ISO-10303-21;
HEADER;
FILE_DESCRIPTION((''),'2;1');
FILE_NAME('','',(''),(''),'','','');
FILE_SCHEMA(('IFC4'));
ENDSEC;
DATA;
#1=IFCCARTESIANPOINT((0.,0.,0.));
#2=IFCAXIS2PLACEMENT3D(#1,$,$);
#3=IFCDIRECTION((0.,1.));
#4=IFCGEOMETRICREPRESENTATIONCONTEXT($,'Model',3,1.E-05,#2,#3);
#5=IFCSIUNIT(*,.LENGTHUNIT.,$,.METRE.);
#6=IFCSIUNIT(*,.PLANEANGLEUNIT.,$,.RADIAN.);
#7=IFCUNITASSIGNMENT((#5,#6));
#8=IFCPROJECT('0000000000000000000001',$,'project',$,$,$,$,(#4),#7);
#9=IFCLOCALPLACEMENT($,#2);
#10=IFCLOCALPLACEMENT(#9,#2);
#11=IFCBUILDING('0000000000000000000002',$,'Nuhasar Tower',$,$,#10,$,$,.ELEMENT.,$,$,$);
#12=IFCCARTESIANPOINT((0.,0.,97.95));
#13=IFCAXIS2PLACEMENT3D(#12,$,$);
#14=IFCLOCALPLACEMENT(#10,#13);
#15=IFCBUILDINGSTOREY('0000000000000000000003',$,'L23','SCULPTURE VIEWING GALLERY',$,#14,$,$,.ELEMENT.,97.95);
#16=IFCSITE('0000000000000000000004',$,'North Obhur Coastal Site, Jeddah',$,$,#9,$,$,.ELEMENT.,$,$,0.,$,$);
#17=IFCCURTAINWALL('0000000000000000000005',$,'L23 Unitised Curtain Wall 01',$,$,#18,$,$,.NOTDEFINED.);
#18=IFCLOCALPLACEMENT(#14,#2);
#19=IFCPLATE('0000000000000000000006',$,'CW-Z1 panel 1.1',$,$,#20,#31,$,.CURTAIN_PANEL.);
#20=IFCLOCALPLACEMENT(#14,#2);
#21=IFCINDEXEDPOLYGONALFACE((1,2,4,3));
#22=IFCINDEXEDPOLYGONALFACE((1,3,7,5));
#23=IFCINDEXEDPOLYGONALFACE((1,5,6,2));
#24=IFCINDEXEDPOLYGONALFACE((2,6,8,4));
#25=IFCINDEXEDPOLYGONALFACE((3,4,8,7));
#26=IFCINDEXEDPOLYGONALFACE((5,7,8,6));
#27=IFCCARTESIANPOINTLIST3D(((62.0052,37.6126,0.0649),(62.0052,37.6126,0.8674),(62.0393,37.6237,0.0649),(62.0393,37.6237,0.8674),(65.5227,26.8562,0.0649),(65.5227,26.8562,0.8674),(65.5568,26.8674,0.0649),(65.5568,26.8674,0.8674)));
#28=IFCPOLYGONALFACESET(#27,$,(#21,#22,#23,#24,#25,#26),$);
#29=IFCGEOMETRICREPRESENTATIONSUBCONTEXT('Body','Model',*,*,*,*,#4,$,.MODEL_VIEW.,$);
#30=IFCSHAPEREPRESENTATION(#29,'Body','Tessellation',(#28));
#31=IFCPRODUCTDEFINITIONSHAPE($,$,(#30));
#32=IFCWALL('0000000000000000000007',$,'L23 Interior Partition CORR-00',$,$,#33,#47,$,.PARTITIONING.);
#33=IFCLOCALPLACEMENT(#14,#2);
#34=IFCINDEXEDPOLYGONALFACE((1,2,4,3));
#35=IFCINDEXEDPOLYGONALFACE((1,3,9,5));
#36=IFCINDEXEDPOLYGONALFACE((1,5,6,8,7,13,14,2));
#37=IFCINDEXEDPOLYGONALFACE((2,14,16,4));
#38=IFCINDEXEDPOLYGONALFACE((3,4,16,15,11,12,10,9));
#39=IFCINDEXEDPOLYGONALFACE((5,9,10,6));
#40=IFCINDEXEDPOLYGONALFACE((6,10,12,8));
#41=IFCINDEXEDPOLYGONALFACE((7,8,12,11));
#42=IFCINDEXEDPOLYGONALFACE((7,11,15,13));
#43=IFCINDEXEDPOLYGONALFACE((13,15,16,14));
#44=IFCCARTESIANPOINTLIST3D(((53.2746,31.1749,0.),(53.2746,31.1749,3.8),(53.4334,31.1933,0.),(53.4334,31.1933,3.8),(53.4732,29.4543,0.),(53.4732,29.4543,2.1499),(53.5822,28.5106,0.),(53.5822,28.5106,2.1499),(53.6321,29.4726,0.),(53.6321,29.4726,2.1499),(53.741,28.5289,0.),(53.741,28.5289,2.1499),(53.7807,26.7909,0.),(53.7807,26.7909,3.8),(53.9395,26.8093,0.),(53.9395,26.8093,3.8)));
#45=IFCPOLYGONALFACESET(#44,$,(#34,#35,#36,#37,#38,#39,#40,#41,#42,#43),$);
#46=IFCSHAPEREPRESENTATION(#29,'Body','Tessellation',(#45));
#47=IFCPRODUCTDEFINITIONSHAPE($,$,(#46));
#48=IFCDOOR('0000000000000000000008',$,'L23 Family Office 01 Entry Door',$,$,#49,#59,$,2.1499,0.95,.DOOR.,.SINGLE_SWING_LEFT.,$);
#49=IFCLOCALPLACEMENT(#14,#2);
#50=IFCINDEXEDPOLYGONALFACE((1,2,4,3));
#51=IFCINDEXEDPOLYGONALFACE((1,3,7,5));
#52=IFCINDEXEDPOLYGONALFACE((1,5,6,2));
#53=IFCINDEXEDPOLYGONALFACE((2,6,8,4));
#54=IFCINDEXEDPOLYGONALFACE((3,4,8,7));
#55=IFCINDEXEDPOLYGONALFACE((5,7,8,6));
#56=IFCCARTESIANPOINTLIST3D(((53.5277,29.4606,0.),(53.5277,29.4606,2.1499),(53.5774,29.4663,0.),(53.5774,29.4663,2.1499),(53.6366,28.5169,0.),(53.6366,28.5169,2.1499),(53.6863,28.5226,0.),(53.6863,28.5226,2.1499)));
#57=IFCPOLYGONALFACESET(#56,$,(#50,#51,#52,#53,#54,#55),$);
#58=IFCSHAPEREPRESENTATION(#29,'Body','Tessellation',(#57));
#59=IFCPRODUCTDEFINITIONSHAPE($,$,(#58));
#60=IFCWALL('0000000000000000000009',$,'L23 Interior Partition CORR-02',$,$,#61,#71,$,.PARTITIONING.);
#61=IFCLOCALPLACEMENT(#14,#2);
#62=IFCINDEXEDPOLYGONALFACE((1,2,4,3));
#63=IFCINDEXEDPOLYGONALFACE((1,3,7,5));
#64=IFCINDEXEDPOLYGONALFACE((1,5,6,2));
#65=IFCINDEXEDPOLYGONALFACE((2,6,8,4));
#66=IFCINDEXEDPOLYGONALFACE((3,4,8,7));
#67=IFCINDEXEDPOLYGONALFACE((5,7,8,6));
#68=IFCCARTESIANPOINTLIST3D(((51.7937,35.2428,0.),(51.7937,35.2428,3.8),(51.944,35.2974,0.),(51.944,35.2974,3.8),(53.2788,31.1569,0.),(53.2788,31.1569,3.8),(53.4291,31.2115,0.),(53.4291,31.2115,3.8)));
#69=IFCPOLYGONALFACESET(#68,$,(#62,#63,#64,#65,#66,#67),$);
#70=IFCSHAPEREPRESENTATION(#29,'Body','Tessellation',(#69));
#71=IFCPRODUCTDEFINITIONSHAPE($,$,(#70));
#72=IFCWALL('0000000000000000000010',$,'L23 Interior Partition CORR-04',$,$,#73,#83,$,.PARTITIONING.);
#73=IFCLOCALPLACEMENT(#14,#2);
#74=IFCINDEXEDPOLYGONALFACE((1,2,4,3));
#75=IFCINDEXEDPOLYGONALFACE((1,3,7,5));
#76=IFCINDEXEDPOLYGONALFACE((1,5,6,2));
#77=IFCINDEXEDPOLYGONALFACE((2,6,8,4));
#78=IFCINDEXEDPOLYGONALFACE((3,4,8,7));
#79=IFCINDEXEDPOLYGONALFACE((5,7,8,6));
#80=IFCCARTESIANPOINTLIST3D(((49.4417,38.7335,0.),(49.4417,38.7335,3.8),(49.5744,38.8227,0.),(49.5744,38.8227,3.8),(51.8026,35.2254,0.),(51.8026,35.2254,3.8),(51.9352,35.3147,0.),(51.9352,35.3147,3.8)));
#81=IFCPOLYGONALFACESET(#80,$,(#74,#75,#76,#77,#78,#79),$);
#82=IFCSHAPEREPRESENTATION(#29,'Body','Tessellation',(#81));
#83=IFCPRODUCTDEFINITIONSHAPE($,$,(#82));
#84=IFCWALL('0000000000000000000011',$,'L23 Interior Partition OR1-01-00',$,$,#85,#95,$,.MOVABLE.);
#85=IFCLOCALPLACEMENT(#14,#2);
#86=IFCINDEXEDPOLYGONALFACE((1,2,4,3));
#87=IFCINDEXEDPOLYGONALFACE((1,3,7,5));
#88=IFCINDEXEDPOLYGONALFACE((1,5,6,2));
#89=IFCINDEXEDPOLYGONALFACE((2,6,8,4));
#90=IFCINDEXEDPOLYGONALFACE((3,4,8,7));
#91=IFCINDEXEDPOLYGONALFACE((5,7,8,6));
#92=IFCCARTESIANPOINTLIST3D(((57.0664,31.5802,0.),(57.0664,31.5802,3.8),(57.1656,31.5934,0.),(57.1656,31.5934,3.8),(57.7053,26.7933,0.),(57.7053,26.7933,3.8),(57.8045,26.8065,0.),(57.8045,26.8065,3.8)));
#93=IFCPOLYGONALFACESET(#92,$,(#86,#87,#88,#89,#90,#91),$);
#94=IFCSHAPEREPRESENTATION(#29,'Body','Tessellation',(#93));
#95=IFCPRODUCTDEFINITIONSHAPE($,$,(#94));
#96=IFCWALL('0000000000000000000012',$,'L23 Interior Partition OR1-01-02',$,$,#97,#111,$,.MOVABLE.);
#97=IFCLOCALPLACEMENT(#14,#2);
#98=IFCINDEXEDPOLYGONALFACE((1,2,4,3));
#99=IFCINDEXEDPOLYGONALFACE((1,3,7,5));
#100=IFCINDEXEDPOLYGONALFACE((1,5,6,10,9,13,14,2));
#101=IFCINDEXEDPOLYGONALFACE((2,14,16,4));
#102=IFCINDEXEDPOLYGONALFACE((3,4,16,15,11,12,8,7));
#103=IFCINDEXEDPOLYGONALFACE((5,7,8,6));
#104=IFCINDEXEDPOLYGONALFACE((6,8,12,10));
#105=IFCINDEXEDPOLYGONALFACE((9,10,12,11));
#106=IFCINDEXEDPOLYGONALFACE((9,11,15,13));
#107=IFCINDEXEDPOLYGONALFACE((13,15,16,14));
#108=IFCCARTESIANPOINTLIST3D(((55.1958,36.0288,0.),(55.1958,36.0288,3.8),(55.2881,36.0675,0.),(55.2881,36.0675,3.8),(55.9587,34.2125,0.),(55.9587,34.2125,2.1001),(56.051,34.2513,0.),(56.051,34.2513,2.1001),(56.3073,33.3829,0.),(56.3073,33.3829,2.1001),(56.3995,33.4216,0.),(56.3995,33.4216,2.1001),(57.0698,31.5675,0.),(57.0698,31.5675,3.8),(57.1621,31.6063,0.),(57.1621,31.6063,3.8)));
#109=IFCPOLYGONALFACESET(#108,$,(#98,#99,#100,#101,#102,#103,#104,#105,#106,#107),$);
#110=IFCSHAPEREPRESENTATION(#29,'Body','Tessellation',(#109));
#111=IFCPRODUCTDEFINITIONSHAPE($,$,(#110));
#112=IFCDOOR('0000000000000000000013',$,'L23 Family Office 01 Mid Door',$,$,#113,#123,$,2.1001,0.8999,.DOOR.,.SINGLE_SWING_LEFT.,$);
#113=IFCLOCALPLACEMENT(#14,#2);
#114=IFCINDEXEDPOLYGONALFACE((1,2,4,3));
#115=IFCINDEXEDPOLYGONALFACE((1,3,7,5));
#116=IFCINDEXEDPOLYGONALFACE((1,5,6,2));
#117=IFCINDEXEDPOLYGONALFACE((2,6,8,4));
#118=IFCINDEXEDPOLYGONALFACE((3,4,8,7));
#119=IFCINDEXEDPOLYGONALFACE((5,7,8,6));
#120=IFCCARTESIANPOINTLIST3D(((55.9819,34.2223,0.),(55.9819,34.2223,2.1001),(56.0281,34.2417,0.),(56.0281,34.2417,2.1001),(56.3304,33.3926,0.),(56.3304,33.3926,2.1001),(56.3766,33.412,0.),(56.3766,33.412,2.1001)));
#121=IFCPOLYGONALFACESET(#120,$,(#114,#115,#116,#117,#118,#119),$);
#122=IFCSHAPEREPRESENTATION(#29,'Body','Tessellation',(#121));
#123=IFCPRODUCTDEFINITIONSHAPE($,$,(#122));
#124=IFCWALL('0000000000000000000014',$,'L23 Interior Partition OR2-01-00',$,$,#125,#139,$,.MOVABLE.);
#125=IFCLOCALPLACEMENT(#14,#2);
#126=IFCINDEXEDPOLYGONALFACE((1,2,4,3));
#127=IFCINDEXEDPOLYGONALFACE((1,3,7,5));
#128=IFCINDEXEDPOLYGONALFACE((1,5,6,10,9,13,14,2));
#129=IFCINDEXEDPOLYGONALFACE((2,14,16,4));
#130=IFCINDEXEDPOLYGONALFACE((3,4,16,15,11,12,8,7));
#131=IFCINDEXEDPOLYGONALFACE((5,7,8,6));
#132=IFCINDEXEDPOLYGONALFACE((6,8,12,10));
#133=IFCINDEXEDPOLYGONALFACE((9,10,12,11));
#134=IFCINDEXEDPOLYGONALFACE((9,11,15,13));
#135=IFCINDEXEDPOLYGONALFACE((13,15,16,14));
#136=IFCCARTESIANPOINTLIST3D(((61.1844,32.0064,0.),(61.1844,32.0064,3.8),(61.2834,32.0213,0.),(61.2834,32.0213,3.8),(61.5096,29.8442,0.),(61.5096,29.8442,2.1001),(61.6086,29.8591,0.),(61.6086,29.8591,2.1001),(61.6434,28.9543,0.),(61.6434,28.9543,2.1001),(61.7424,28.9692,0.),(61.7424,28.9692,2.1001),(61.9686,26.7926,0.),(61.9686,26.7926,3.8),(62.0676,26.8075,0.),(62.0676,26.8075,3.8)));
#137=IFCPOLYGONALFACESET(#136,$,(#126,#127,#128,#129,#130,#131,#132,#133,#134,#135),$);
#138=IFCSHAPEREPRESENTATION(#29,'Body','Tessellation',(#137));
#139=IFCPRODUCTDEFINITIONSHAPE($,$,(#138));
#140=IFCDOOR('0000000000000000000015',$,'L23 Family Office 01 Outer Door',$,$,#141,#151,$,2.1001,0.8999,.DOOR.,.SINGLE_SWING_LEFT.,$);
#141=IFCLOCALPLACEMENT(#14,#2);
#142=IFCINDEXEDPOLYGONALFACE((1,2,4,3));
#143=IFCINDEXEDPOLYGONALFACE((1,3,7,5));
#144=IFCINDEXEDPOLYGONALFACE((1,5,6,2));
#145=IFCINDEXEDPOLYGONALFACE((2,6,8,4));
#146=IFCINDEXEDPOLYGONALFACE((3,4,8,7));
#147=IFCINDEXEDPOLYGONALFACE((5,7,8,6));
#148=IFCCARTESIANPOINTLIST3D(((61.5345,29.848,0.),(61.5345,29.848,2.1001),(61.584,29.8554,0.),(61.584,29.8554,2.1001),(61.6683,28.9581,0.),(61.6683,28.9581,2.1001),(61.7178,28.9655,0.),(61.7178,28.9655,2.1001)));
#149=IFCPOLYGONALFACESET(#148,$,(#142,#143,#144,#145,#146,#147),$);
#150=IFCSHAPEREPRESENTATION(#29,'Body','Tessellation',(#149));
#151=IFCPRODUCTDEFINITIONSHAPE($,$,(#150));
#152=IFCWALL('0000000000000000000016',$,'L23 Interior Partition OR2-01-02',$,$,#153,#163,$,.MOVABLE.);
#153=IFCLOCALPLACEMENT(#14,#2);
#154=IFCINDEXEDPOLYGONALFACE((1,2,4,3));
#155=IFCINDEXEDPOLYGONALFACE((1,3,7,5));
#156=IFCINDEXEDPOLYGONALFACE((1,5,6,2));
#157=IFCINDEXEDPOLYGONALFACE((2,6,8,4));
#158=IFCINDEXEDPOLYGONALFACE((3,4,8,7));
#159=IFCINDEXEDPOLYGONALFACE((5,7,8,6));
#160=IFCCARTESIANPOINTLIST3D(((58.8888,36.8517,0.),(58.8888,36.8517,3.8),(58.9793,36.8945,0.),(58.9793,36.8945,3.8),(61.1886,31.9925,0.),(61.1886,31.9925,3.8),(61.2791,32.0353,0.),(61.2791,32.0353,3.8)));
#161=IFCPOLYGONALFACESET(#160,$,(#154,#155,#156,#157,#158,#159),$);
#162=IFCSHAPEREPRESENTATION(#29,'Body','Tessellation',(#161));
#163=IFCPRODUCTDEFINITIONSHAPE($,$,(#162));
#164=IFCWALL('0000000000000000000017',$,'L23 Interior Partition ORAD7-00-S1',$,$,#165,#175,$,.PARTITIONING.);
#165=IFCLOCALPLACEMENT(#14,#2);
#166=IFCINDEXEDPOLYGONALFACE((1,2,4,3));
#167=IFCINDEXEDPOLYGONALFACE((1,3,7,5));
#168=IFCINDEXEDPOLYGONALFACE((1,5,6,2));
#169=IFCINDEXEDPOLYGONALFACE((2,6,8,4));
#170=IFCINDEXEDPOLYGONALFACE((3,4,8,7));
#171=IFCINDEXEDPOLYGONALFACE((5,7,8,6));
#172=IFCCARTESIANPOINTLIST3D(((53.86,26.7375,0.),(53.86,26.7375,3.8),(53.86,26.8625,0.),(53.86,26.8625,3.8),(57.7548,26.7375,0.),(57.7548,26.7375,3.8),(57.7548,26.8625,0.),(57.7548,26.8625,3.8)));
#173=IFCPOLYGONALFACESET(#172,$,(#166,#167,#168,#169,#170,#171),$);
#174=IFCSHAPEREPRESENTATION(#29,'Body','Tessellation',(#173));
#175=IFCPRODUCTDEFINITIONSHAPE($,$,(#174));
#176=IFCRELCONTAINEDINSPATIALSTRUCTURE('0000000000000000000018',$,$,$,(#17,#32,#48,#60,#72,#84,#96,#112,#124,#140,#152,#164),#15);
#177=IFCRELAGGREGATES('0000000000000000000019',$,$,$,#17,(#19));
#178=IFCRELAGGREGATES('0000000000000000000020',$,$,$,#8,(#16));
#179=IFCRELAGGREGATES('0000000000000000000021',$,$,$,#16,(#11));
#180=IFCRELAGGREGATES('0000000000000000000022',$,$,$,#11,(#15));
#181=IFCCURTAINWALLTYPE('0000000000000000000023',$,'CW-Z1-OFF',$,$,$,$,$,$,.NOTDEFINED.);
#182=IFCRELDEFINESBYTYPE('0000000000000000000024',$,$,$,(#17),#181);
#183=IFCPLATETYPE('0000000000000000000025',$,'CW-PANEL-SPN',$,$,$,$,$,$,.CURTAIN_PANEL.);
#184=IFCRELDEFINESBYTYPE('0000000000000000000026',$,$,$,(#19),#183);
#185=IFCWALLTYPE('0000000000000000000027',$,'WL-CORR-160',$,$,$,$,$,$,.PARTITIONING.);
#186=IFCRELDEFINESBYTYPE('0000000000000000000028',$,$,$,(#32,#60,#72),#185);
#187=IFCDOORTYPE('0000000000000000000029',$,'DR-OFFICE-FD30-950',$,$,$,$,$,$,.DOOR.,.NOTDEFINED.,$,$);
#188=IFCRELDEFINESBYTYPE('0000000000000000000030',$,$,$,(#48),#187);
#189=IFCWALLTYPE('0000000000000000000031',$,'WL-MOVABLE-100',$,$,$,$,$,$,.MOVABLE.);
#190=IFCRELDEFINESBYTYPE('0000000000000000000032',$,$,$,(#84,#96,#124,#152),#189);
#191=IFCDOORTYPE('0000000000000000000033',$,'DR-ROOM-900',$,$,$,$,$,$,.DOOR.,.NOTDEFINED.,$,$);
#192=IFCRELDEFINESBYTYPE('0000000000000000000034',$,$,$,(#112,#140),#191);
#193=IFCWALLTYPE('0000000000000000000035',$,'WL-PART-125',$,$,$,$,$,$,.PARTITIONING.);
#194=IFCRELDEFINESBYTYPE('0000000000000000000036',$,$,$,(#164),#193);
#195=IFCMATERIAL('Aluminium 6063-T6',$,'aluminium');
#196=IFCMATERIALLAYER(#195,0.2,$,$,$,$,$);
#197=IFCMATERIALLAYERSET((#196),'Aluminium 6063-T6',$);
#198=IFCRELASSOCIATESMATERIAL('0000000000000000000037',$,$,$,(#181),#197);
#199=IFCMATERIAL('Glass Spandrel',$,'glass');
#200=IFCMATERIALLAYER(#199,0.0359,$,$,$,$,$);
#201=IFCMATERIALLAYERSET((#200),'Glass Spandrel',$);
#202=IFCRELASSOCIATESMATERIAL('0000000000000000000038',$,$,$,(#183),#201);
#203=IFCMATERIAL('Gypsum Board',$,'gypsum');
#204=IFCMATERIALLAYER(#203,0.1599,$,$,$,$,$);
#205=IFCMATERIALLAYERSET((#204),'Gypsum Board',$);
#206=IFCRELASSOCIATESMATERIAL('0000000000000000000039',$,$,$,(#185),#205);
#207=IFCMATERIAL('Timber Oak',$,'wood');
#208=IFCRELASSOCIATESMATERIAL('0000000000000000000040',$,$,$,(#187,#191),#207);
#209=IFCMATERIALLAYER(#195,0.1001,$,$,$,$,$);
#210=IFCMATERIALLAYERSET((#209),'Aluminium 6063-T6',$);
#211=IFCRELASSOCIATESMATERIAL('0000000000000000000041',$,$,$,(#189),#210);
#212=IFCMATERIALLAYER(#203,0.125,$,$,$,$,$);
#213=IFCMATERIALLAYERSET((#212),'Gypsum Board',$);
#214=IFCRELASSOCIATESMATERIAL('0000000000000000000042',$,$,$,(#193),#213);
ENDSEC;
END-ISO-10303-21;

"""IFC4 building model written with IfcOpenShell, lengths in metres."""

from ifc_helpers import new_model, si_unit, direction, frame, frame_2d, origin, origin_2d, place, context, subcontext, project, spatial, rectangle, extrude, material, layer, layer_set, type_object, element, fill, aggregate, save


model = new_model("IFC4")

# Units and contexts
model_context = context("Model", 3, precision=1e-05, world=origin(), true_north=direction((0.0, 1.0)))
body_context = subcontext(model_context, "Body", "Model", "MODEL_VIEW")
ifc_project = project(units=[si_unit("LENGTHUNIT", "METRE"), si_unit("PLANEANGLEUNIT", "RADIAN")], contexts=[model_context])

# Site, building, storey
site_placement = place(None, origin())
site = spatial("IfcSite", under=ifc_project, at=site_placement, Name="North Obhur Coastal Site, Jeddah", CompositionType="ELEMENT", RefElevation=0.0)
building_placement = place(site_placement, origin())
building = spatial("IfcBuilding", under=site, at=building_placement, Name="Nuhasar Tower", CompositionType="ELEMENT")
storey_placement = place(building_placement, frame((0.0, 0.0, 97.95)))
storey = spatial("IfcBuildingStorey", under=building, at=storey_placement, Name="L23", Description="SCULPTURE VIEWING GALLERY", CompositionType="ELEMENT", Elevation=97.95)

# Curtain wall
ifc_material_1 = material(Name="Aluminium 6063-T6", Category="aluminium")
ifc_layer_1 = layer(ifc_material_1, 0.2)
ifc_layer_set_1 = layer_set([ifc_layer_1], Name="Aluminium 6063-T6")
curtain_wall_type = type_object("IfcCurtainWallType", Name="CW-Z1-OFF", PredefinedType="NOTDEFINED", material=ifc_layer_set_1)
curtain_wall_placement = place(storey_placement, origin())
curtain_wall = element("IfcCurtainWall", 1, at=curtain_wall_placement, inside=storey, type_object=curtain_wall_type, Name="L23 Unitised Curtain Wall 01", PredefinedType="NOTDEFINED")

# Plate
ifc_material_2 = material(Name="Glass Spandrel", Category="glass")
ifc_layer_2 = layer(ifc_material_2, 0.0359)
ifc_layer_set_2 = layer_set([ifc_layer_2], Name="Glass Spandrel")
plate_type_1 = type_object("IfcPlateType", Name="CW-PANEL-SPN", PredefinedType="CURTAIN_PANEL", material=ifc_layer_set_2)
plate_1_placement = place(storey_placement, frame((63.781, 32.24, 0.0649), z_axis=(0.0, 0.0, 1.0), x_axis=(-0.310824, 0.950468, 0.0)))
plate_1 = element("IfcPlate", 2, at=plate_1_placement, type_object=plate_type_1, Name="CW-Z1 panel 1.1", PredefinedType="CURTAIN_PANEL", context=body_context, shape_type="SweptSolid", body=[
    extrude(rectangle(XDim=11.3169, YDim=0.0359, at=origin_2d()), origin(), (0.0, 0.0, 1.0), 0.8025),
])
aggregate(curtain_wall, [plate_1])

# Wall, opening, door
ifc_material_3 = material(Name="Gypsum Board", Category="gypsum")
ifc_layer_3 = layer(ifc_material_3, 0.1599)
ifc_layer_set_3 = layer_set([ifc_layer_3], Name="Gypsum Board")
wall_type_1 = type_object("IfcWallType", Name="WL-CORR-160", PredefinedType="PARTITIONING", material=ifc_layer_set_3)
wall_1_placement = place(storey_placement, frame((53.354, 31.1841, 0.0), z_axis=(0.0, 0.0, 1.0), x_axis=(0.114681, -0.993402, 0.0)))
wall_1 = element("IfcWall", 3, at=wall_1_placement, inside=storey, type_object=wall_type_1, Name="L23 Interior Partition CORR-00", PredefinedType="PARTITIONING", context=body_context, shape_type="SweptSolid", body=[
    extrude(rectangle(XDim=4.4131, YDim=0.1599, at=frame_2d((2.2065, 0.0))), origin(), (0.0, 0.0, 1.0), 3.8),
])
opening_1_placement = place(wall_1_placement, frame((1.7319, 0.0, 0.0)))
opening_1 = element("IfcOpeningElement", 4, at=opening_1_placement, cuts=wall_1, PredefinedType="OPENING", context=body_context, shape_type="SweptSolid", body=[
    extrude(rectangle(XDim=0.95, YDim=2.1499, at=frame_2d((0.4751, 1.075))), frame((0.0, 0.0898, 0.0), z_axis=(0.0, -1.0, 0.0), x_axis=(1.0, 0.0, 0.0)), (0.0, 0.0, 1.0), 0.1799),
])
ifc_material_4 = material(Name="Timber Oak", Category="wood")
door_type_1 = type_object("IfcDoorType", Name="DR-OFFICE-FD30-950", OperationType="NOTDEFINED", PredefinedType="DOOR", material=ifc_material_4)
door_1_placement = place(opening_1_placement, origin())
door_1 = element("IfcDoor", 5, at=door_1_placement, inside=storey, type_object=door_type_1, Name="L23 Family Office 01 Entry Door", OperationType="SINGLE_SWING_LEFT", OverallHeight=2.1499, OverallWidth=0.95, PredefinedType="DOOR", context=body_context, shape_type="SweptSolid", body=[
    extrude(rectangle(XDim=0.95, YDim=2.1499, at=frame_2d((0.4751, 1.075))), frame((0.0, 0.0249, 0.0), z_axis=(0.0, -1.0, 0.0), x_axis=(1.0, 0.0, 0.0)), (0.0, 0.0, 1.0), 0.05),
])
fill(opening_1, door_1)

# Walls
wall_2_placement = place(storey_placement, frame((53.354, 31.1841, 0.0), z_axis=(0.0, 0.0, 1.0), x_axis=(-0.341603, 0.939844, 0.0)))
element("IfcWall", 6, at=wall_2_placement, inside=storey, type_object=wall_type_1, Name="L23 Interior Partition CORR-02", PredefinedType="PARTITIONING", context=body_context, shape_type="SweptSolid", body=[
    extrude(rectangle(XDim=4.3474, YDim=0.1599, at=frame_2d((2.1738, 0.0))), origin(), (0.0, 0.0, 1.0), 3.8),
])
wall_3_placement = place(storey_placement, frame((51.8689, 35.27, 0.0), z_axis=(0.0, 0.0, 1.0), x_axis=(-0.558319, 0.829626, 0.0)))
element("IfcWall", 7, at=wall_3_placement, inside=storey, type_object=wall_type_1, Name="L23 Interior Partition CORR-04", PredefinedType="PARTITIONING", context=body_context, shape_type="SweptSolid", body=[
    extrude(rectangle(XDim=4.2285, YDim=0.1599, at=frame_2d((2.1143, 0.0))), origin(), (0.0, 0.0, 1.0), 3.8),
])
ifc_layer_4 = layer(ifc_material_1, 0.1001)
ifc_layer_set_4 = layer_set([ifc_layer_4], Name="Aluminium 6063-T6")
wall_type_2 = type_object("IfcWallType", Name="WL-MOVABLE-100", PredefinedType="MOVABLE", material=ifc_layer_set_4)
wall_4_placement = place(storey_placement, frame((57.7549, 26.8, 0.0), z_axis=(0.0, 0.0, 1.0), x_axis=(-0.132299, 0.99121, 0.0)))
element("IfcWall", 8, at=wall_4_placement, inside=storey, type_object=wall_type_2, Name="L23 Interior Partition OR1-01-00", PredefinedType="MOVABLE", context=body_context, shape_type="SweptSolid", body=[
    extrude(rectangle(XDim=4.8293, YDim=0.1001, at=frame_2d((2.4146, 0.0))), origin(), (0.0, 0.0, 1.0), 3.8),
])

# Walls, openings, doors
wall_5_placement = place(storey_placement, frame((57.116, 31.5869, 0.0), z_axis=(0.0, 0.0, 1.0), x_axis=(-0.38729, 0.921958, 0.0)))
wall_5 = element("IfcWall", 9, at=wall_5_placement, inside=storey, type_object=wall_type_2, Name="L23 Interior Partition OR1-01-02", PredefinedType="MOVABLE", context=body_context, shape_type="SweptSolid", body=[
    extrude(rectangle(XDim=4.8389, YDim=0.1001, at=frame_2d((2.4194, 0.0))), origin(), (0.0, 0.0, 1.0), 3.8),
])
opening_2_placement = place(wall_5_placement, frame((1.969, 0.0, 0.0)))
opening_2 = element("IfcOpeningElement", 10, at=opening_2_placement, cuts=wall_5, PredefinedType="OPENING", context=body_context, shape_type="SweptSolid", body=[
    extrude(rectangle(XDim=0.8999, YDim=2.1001, at=frame_2d((0.45, 1.05))), frame((0.0, 0.0601, 0.0), z_axis=(0.0, -1.0, 0.0), x_axis=(1.0, 0.0, 0.0)), (0.0, 0.0, 1.0), 0.1201),
])
door_type_2 = type_object("IfcDoorType", Name="DR-ROOM-900", OperationType="NOTDEFINED", PredefinedType="DOOR", material=ifc_material_4)
door_2_placement = place(opening_2_placement, origin())
door_2 = element("IfcDoor", 11, at=door_2_placement, inside=storey, type_object=door_type_2, Name="L23 Family Office 01 Mid Door", OperationType="SINGLE_SWING_LEFT", OverallHeight=2.1001, OverallWidth=0.8999, PredefinedType="DOOR", context=body_context, shape_type="SweptSolid", body=[
    extrude(rectangle(XDim=0.8999, YDim=2.1001, at=frame_2d((0.45, 1.05))), frame((0.0, 0.0249, 0.0), z_axis=(0.0, -1.0, 0.0), x_axis=(1.0, 0.0, 0.0)), (0.0, 0.0, 1.0), 0.05),
])
fill(opening_2, door_2)
wall_6_placement = place(storey_placement, frame((62.0181, 26.8, 0.0), z_axis=(0.0, 0.0, 1.0), x_axis=(-0.14873, 0.988878, 0.0)))
wall_6 = element("IfcWall", 12, at=wall_6_placement, inside=storey, type_object=wall_type_2, Name="L23 Interior Partition OR2-01-00", PredefinedType="MOVABLE", context=body_context, shape_type="SweptSolid", body=[
    extrude(rectangle(XDim=5.2725, YDim=0.1001, at=frame_2d((2.6362, 0.0))), origin(), (0.0, 0.0, 1.0), 3.8),
])
opening_3_placement = place(wall_6_placement, frame((2.186, 0.0, 0.0)))
opening_3 = element("IfcOpeningElement", 13, at=opening_3_placement, cuts=wall_6, PredefinedType="OPENING", context=body_context, shape_type="SweptSolid", body=[
    extrude(rectangle(XDim=0.8999, YDim=2.1001, at=frame_2d((0.45, 1.05))), frame((0.0, 0.0601, 0.0), z_axis=(0.0, -1.0, 0.0), x_axis=(1.0, 0.0, 0.0)), (0.0, 0.0, 1.0), 0.1201),
])
door_3_placement = place(opening_3_placement, origin())
door_3 = element("IfcDoor", 14, at=door_3_placement, inside=storey, type_object=door_type_2, Name="L23 Family Office 01 Outer Door", OperationType="SINGLE_SWING_LEFT", OverallHeight=2.1001, OverallWidth=0.8999, PredefinedType="DOOR", context=body_context, shape_type="SweptSolid", body=[
    extrude(rectangle(XDim=0.8999, YDim=2.1001, at=frame_2d((0.45, 1.05))), frame((0.0, 0.0249, 0.0), z_axis=(0.0, -1.0, 0.0), x_axis=(1.0, 0.0, 0.0)), (0.0, 0.0, 1.0), 0.05),
])
fill(opening_3, door_3)

# Walls
wall_7_placement = place(storey_placement, frame((61.2339, 32.0139, 0.0), z_axis=(0.0, 0.0, 1.0), x_axis=(-0.427799, 0.903874, 0.0)))
element("IfcWall", 15, at=wall_7_placement, inside=storey, type_object=wall_type_2, Name="L23 Interior Partition OR2-01-02", PredefinedType="MOVABLE", context=body_context, shape_type="SweptSolid", body=[
    extrude(rectangle(XDim=5.376, YDim=0.1001, at=frame_2d((2.688, 0.0))), origin(), (0.0, 0.0, 1.0), 3.8),
])
ifc_layer_5 = layer(ifc_material_3, 0.125)
ifc_layer_set_5 = layer_set([ifc_layer_5], Name="Gypsum Board")
wall_type_3 = type_object("IfcWallType", Name="WL-PART-125", PredefinedType="PARTITIONING", material=ifc_layer_set_5)
wall_8_placement = place(storey_placement, frame((53.8601, 26.8, 0.0), z_axis=(0.0, 0.0, 1.0), x_axis=(1.0, 0.0, 0.0)))
element("IfcWall", 16, at=wall_8_placement, inside=storey, type_object=wall_type_3, Name="L23 Interior Partition ORAD7-00-S1", PredefinedType="PARTITIONING", context=body_context, shape_type="SweptSolid", body=[
    extrude(rectangle(XDim=3.8948, YDim=0.125, at=frame_2d((1.9473, 0.0))), origin(), (0.0, 0.0, 1.0), 3.8),
])

save(model, "model.ifc")
